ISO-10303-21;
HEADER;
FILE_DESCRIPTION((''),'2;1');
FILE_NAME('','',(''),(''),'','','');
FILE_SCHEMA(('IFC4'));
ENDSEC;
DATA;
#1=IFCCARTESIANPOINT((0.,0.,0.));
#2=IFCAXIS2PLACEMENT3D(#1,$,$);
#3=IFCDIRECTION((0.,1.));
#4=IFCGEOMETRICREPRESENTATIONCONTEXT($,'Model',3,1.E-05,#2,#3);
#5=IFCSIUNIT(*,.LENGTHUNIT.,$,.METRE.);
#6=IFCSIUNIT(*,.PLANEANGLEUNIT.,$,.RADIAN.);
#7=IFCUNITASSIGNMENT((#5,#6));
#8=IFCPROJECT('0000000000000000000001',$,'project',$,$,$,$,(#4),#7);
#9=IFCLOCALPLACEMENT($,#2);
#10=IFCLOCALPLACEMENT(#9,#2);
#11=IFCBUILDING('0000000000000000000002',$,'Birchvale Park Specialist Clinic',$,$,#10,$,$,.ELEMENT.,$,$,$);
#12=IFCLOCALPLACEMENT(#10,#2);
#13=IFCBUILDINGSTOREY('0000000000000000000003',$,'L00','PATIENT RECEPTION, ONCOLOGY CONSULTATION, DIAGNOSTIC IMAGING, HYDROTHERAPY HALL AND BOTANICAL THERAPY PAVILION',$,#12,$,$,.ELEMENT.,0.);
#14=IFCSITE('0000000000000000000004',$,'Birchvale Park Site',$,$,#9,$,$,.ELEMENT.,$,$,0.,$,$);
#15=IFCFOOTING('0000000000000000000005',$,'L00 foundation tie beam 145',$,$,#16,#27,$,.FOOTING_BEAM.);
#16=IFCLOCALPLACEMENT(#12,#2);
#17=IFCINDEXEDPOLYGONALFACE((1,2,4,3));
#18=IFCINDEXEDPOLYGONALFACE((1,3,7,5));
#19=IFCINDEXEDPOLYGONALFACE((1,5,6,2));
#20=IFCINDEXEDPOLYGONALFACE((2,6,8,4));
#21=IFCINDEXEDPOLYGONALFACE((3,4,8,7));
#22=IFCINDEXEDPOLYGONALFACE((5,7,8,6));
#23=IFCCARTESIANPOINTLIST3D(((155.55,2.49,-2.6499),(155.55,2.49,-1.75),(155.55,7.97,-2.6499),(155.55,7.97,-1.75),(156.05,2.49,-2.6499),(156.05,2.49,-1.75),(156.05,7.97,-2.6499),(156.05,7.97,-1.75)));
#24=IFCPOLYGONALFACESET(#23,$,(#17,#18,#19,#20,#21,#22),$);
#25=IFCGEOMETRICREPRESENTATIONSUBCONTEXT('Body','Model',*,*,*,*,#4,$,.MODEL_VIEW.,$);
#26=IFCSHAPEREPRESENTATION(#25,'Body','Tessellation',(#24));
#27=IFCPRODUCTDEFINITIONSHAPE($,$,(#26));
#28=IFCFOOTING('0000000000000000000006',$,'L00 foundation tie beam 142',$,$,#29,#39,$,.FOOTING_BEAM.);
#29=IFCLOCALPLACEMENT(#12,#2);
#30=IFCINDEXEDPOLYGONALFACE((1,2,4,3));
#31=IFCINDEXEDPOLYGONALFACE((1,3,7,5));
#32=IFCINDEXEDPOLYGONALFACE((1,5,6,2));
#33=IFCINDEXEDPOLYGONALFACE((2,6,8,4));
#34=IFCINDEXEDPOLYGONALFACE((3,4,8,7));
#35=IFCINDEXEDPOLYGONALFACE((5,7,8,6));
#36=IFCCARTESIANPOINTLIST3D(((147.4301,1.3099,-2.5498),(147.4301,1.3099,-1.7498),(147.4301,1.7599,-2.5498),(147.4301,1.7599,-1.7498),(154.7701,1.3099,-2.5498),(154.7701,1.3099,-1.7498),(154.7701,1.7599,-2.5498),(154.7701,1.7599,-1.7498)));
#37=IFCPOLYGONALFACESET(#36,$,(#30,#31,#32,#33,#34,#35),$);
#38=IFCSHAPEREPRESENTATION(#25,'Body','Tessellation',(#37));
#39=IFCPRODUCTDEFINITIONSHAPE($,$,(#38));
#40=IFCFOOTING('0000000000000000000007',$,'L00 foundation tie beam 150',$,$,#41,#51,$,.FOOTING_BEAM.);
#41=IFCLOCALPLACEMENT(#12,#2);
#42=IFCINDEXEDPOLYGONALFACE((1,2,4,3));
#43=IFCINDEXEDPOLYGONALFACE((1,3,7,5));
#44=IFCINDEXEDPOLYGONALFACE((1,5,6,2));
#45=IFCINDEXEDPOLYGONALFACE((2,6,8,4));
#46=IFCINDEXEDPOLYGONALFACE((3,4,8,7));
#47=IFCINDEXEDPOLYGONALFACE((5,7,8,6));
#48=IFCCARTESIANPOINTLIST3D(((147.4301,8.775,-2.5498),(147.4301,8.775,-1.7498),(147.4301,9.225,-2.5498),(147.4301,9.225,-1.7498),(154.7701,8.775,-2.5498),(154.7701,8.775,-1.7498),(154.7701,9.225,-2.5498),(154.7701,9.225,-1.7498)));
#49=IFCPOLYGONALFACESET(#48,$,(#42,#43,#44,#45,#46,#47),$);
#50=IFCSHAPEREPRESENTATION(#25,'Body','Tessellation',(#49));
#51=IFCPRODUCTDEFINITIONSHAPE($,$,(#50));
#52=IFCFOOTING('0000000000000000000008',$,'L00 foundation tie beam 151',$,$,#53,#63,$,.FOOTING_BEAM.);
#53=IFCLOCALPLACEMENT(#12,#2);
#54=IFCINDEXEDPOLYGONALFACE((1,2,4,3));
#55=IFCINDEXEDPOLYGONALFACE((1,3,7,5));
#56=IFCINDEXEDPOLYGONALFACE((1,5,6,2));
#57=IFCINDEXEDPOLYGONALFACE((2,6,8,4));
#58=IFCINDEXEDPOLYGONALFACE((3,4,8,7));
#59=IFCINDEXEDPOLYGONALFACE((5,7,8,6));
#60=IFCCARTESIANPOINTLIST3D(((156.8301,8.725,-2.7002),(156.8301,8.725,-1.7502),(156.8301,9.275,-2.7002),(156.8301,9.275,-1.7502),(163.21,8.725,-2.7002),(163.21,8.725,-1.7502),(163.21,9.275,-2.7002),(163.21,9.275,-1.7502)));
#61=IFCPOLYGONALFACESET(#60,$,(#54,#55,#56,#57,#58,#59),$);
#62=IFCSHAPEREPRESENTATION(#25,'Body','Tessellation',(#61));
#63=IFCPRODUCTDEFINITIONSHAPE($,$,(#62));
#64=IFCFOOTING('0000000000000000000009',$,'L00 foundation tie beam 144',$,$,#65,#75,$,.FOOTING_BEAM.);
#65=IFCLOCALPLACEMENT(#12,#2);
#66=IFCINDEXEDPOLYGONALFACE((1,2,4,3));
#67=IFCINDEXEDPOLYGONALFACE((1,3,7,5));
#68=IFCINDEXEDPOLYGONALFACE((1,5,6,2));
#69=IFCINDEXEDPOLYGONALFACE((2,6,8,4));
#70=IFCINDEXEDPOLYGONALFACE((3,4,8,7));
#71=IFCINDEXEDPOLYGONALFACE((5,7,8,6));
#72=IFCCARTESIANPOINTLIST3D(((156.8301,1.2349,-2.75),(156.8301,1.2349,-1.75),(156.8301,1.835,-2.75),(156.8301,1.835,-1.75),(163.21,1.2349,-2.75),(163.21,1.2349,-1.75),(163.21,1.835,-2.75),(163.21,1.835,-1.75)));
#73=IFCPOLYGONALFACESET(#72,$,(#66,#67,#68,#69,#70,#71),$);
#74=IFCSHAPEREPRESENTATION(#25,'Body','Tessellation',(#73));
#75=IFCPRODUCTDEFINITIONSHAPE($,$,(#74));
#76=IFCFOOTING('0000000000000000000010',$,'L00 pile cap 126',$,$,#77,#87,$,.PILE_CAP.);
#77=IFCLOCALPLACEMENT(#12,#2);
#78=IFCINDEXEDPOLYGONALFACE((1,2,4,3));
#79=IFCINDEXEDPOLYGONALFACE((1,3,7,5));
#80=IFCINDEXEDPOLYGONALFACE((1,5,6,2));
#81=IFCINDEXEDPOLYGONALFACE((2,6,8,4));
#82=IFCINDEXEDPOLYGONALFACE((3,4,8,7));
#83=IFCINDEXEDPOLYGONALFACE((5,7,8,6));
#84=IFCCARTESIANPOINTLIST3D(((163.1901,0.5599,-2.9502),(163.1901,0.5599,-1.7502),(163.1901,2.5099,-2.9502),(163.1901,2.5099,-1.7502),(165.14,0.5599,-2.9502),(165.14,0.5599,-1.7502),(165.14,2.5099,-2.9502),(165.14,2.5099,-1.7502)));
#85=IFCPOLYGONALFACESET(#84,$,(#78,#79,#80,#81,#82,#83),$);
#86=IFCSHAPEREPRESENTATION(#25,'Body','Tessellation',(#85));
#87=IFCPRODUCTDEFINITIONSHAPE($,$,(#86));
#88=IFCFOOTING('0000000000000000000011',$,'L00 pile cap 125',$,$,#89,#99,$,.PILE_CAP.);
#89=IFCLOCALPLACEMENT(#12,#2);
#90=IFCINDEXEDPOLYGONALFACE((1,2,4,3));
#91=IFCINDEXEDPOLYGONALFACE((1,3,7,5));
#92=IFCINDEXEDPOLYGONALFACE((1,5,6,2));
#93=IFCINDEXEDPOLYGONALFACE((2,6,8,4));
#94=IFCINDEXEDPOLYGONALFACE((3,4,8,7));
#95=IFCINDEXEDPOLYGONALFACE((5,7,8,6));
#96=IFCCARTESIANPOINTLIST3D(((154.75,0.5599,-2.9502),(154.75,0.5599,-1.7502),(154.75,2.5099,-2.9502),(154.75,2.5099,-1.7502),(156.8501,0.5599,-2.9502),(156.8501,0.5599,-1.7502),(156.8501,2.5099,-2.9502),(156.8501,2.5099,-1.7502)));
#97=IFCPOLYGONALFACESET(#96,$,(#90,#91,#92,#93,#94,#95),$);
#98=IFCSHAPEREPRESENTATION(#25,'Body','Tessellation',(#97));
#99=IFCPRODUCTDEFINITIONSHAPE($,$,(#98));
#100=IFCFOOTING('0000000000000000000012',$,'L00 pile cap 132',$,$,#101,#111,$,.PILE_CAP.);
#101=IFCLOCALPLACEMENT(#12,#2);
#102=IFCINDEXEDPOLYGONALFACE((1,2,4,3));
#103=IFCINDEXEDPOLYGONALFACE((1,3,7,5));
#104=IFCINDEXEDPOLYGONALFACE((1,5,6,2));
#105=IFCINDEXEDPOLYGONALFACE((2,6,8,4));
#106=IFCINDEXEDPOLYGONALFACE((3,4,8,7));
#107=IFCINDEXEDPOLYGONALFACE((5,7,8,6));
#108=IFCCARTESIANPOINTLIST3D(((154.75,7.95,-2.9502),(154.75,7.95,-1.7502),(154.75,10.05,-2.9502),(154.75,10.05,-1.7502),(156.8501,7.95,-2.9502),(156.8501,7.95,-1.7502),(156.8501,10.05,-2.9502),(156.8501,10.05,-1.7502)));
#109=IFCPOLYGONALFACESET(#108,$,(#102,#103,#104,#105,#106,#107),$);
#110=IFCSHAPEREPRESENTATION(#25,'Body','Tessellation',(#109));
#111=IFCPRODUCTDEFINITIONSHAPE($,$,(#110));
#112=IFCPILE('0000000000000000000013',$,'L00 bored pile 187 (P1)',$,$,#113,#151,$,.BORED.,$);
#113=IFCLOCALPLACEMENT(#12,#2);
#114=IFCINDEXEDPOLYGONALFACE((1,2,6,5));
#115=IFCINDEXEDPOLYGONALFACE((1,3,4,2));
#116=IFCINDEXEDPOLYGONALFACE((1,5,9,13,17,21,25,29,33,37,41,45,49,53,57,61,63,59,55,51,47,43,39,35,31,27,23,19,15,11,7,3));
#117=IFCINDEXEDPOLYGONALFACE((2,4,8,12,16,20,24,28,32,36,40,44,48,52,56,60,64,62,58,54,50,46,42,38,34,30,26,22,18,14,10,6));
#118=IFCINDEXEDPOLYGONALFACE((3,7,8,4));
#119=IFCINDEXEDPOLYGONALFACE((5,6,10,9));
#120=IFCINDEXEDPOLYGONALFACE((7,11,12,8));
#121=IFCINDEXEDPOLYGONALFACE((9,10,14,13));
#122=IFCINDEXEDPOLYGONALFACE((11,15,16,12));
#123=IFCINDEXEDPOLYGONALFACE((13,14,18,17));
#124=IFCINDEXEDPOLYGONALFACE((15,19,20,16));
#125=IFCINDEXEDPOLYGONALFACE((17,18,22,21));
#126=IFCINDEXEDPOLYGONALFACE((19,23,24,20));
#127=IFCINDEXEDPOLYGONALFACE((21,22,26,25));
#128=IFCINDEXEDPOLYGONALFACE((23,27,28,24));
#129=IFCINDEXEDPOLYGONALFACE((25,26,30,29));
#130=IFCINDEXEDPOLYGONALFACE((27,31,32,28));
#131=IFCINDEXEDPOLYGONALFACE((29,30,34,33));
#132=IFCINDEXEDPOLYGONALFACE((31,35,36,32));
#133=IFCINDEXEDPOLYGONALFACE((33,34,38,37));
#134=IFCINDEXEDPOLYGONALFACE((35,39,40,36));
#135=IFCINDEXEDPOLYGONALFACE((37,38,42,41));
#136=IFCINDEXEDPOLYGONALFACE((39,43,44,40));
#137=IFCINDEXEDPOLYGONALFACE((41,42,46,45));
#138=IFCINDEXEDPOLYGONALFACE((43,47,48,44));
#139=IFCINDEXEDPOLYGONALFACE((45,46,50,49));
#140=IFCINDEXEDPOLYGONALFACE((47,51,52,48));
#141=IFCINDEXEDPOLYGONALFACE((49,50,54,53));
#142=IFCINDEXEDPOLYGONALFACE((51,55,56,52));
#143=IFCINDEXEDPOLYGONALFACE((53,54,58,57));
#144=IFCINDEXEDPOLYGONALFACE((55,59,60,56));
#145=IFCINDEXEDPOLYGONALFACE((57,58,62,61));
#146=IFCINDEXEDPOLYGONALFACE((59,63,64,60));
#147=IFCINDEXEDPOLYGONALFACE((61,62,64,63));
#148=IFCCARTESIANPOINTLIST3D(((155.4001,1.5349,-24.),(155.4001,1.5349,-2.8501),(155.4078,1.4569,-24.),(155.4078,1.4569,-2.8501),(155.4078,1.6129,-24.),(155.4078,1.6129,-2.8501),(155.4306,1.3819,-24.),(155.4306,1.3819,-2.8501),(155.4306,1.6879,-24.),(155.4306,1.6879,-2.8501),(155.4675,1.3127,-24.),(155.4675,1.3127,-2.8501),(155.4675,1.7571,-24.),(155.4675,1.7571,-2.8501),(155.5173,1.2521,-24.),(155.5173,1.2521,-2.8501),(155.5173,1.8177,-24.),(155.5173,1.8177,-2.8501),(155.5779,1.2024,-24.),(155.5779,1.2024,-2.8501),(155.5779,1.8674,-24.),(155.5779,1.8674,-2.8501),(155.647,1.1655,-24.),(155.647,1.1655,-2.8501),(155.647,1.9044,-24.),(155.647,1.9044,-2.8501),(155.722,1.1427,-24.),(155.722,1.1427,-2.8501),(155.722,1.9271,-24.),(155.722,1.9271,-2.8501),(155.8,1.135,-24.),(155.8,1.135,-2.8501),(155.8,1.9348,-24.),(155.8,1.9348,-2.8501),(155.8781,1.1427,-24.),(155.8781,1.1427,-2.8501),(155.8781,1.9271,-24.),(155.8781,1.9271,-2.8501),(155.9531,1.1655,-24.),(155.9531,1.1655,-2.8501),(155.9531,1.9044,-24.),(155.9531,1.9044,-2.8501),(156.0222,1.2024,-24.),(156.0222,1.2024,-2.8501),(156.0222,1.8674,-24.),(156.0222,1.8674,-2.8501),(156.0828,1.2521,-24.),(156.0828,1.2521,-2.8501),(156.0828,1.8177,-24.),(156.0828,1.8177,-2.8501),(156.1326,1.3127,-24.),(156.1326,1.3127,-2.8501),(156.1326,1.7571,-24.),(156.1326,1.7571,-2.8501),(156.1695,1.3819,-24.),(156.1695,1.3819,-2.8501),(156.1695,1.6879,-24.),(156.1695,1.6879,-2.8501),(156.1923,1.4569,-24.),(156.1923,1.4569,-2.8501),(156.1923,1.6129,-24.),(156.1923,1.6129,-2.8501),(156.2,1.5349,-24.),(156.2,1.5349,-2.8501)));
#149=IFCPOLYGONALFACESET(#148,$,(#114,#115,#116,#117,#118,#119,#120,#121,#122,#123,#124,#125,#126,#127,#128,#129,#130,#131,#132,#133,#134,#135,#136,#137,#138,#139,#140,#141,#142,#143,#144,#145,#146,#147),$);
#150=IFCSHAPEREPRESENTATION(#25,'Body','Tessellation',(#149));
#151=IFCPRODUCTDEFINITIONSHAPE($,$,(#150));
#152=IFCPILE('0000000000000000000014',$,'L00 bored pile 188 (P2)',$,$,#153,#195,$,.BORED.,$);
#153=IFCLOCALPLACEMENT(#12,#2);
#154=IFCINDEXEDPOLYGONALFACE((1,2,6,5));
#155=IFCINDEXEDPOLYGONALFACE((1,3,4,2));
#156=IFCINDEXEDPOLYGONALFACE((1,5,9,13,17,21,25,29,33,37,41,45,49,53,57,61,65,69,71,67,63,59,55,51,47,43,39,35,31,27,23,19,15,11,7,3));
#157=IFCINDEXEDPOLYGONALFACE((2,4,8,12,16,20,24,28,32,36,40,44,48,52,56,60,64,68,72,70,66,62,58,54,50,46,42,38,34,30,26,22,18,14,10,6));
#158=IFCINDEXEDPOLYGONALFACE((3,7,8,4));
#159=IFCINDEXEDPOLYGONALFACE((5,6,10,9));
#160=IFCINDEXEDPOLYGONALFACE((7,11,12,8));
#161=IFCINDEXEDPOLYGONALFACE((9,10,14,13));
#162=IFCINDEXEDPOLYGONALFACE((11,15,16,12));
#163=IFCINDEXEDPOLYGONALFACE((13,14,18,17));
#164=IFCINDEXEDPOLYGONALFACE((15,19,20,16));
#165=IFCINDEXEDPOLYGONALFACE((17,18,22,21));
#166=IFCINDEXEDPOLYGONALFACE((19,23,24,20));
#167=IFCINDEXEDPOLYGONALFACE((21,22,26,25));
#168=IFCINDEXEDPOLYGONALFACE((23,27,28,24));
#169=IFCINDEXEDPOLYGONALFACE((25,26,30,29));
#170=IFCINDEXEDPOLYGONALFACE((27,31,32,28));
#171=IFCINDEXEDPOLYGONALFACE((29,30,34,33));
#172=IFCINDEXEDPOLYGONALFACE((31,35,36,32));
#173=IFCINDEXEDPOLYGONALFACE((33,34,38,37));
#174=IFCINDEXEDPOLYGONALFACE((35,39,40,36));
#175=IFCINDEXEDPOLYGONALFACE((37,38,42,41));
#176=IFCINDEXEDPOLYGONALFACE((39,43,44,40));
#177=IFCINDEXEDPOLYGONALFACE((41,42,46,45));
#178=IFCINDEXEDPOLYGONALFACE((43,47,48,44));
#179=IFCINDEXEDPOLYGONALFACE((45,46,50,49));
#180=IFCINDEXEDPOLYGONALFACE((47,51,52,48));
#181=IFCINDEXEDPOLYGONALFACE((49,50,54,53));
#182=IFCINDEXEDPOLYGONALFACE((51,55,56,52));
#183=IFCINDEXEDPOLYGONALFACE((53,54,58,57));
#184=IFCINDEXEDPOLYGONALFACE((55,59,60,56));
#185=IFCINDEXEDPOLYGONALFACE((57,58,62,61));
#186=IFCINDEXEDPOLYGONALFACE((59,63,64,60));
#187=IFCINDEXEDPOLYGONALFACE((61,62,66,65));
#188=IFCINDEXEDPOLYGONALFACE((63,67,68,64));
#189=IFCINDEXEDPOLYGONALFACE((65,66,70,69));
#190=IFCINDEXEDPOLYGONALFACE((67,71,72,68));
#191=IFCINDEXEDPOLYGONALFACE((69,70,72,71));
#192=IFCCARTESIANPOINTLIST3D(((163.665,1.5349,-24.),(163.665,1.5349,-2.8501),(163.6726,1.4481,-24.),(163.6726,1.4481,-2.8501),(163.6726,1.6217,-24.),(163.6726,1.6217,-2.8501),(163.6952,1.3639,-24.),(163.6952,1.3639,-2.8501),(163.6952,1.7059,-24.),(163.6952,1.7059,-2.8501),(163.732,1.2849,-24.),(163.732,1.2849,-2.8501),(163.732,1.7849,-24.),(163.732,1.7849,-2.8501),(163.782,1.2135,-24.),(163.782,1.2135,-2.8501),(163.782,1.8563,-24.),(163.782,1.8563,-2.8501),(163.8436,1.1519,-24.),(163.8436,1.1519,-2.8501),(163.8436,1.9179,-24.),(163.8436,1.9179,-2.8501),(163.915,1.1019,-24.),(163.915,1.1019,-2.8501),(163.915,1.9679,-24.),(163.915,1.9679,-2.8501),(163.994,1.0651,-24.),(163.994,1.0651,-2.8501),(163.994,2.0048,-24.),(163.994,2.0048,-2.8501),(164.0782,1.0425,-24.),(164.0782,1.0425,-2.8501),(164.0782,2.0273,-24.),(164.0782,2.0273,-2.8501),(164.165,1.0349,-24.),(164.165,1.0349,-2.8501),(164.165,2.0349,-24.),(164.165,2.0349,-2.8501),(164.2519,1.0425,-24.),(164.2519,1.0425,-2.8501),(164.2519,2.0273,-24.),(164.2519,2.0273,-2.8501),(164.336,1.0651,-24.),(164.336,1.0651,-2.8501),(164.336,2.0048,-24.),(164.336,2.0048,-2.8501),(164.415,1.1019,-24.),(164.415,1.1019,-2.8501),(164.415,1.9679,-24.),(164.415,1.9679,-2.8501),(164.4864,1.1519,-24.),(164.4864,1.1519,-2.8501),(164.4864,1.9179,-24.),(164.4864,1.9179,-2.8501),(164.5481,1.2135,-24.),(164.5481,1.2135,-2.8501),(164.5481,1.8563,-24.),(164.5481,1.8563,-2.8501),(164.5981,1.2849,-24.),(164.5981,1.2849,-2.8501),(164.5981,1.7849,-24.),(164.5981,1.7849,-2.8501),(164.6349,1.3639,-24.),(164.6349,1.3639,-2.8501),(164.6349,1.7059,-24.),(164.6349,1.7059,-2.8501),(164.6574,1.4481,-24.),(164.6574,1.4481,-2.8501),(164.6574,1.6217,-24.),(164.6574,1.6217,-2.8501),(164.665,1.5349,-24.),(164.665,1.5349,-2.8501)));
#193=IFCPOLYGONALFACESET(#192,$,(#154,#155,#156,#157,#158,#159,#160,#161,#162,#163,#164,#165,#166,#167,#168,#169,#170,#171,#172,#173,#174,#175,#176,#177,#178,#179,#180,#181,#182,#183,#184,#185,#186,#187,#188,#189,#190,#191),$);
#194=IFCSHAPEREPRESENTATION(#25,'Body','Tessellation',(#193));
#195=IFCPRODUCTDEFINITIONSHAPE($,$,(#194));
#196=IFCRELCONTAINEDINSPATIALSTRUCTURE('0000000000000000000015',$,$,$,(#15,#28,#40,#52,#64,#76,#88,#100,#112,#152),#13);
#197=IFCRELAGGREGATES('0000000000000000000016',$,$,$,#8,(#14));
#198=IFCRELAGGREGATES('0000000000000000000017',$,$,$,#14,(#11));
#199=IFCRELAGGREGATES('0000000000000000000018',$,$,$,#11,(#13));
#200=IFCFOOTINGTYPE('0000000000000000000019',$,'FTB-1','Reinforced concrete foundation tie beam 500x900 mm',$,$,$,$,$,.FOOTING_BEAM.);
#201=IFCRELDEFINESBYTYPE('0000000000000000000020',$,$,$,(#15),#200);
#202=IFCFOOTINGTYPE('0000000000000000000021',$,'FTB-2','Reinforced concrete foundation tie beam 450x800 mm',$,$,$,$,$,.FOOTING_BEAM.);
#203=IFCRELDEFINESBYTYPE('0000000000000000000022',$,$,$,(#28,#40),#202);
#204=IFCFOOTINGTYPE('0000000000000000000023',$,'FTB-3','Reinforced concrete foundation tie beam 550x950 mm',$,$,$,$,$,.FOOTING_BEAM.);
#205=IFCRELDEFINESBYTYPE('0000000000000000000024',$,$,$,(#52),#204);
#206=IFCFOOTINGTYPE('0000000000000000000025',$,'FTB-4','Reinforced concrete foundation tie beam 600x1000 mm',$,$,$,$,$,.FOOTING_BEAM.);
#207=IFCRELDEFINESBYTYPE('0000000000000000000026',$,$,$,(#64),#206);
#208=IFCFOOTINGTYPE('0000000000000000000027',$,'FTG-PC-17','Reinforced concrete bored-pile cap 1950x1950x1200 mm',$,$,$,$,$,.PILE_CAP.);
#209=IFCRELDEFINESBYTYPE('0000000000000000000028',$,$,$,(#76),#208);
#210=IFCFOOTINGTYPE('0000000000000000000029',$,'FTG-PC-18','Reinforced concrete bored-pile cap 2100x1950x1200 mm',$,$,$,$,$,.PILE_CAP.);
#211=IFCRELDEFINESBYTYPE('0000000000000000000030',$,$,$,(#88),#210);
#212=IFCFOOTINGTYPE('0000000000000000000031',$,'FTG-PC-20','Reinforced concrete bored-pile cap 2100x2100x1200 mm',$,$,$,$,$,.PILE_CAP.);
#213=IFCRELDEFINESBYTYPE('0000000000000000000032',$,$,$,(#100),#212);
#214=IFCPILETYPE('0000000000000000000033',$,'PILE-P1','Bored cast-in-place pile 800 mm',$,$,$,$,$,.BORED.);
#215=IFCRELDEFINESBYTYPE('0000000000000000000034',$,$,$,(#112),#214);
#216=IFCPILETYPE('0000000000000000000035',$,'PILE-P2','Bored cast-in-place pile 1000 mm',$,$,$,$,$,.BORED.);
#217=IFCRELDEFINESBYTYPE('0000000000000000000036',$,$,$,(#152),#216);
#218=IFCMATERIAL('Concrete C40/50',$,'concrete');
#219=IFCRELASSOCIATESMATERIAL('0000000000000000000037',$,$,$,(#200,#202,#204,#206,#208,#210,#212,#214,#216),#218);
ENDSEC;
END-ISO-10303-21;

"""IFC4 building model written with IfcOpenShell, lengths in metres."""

from ifc_helpers import new_model, si_unit, direction, frame, origin, origin_2d, place, context, subcontext, project, spatial, rectangle, circle, extrude, material, material_profile, profile_set, type_object, element, save


model = new_model("IFC4")

# Units and contexts
model_context = context("Model", 3, precision=1e-05, world=origin(), true_north=direction((0.0, 1.0)))
body_context = subcontext(model_context, "Body", "Model", "MODEL_VIEW")
ifc_project = project(units=[si_unit("LENGTHUNIT", "METRE"), si_unit("PLANEANGLEUNIT", "RADIAN")], contexts=[model_context])

# Site, building, storey
site_placement = place(None, origin())
site = spatial("IfcSite", under=ifc_project, at=site_placement, Name="Birchvale Park Site", CompositionType="ELEMENT", RefElevation=0.0)
building_placement = place(site_placement, origin())
building = spatial("IfcBuilding", under=site, at=building_placement, Name="Birchvale Park Specialist Clinic", CompositionType="ELEMENT")
storey_placement = place(building_placement, origin())
storey = spatial("IfcBuildingStorey", under=building, at=storey_placement, Name="L00", Description="PATIENT RECEPTION, ONCOLOGY CONSULTATION, DIAGNOSTIC IMAGING, HYDROTHERAPY HALL AND BOTANICAL THERAPY PAVILION", CompositionType="ELEMENT", Elevation=0.0)

# Footings
ifc_material_1 = material(Name="Concrete C40/50", Category="concrete")
footing_type_1 = type_object("IfcFootingType", Name="FTB-1", Description="Reinforced concrete foundation tie beam 500x900 mm", PredefinedType="FOOTING_BEAM", material=ifc_material_1)
footing_1_placement = place(storey_placement, frame((155.8, 5.23, -2.6499), z_axis=(0.0, 0.0, 1.0), x_axis=(1.0, 0.0, 0.0)))
element("IfcFooting", 1, at=footing_1_placement, inside=storey, type_object=footing_type_1, Name="L00 foundation tie beam 145", PredefinedType="FOOTING_BEAM", context=body_context, shape_type="SweptSolid", body=[
    extrude(rectangle(XDim=0.5, YDim=5.48, at=origin_2d()), origin(), (0.0, 0.0, 1.0), 0.8999),
])
footing_type_2 = type_object("IfcFootingType", Name="FTB-2", Description="Reinforced concrete foundation tie beam 450x800 mm", PredefinedType="FOOTING_BEAM", material=ifc_material_1)
for number, where, z_axis, x_axis, name in (
    (2, (151.1001, 1.5349, -2.5498), (0.0, 0.0, 1.0), (1.0, 0.0, 0.0), "L00 foundation tie beam 142"),
    (3, (151.1001, 9.0, -2.5498), (0.0, 0.0, 1.0), (1.0, 0.0, 0.0), "L00 foundation tie beam 150"),
):
    element("IfcFooting", number, at=place(storey_placement, frame(where, z_axis=z_axis, x_axis=x_axis)), inside=storey, type_object=footing_type_2, Name=name, PredefinedType="FOOTING_BEAM", context=body_context, shape_type="SweptSolid", body=[
        extrude(rectangle(XDim=7.3401, YDim=0.45, at=origin_2d()), origin(), (0.0, 0.0, 1.0), 0.8),
    ])
footing_type_3 = type_object("IfcFootingType", Name="FTB-3", Description="Reinforced concrete foundation tie beam 550x950 mm", PredefinedType="FOOTING_BEAM", material=ifc_material_1)
footing_2_placement = place(storey_placement, frame((160.02, 9.0, -2.7002), z_axis=(0.0, 0.0, 1.0), x_axis=(1.0, 0.0, 0.0)))
element("IfcFooting", 4, at=footing_2_placement, inside=storey, type_object=footing_type_3, Name="L00 foundation tie beam 151", PredefinedType="FOOTING_BEAM", context=body_context, shape_type="SweptSolid", body=[
    extrude(rectangle(XDim=6.3799, YDim=0.55, at=origin_2d()), origin(), (0.0, 0.0, 1.0), 0.95),
])
footing_type_4 = type_object("IfcFootingType", Name="FTB-4", Description="Reinforced concrete foundation tie beam 600x1000 mm", PredefinedType="FOOTING_BEAM", material=ifc_material_1)
footing_3_placement = place(storey_placement, frame((160.02, 1.5349, -2.75), z_axis=(0.0, 0.0, 1.0), x_axis=(1.0, 0.0, 0.0)))
element("IfcFooting", 5, at=footing_3_placement, inside=storey, type_object=footing_type_4, Name="L00 foundation tie beam 144", PredefinedType="FOOTING_BEAM", context=body_context, shape_type="SweptSolid", body=[
    extrude(rectangle(XDim=6.3799, YDim=0.6001, at=origin_2d()), origin(), (0.0, 0.0, 1.0), 1.0),
])
footing_type_5 = type_object("IfcFootingType", Name="FTG-PC-17", Description="Reinforced concrete bored-pile cap 1950x1950x1200 mm", PredefinedType="PILE_CAP", material=ifc_material_1)
footing_4_placement = place(storey_placement, frame((164.165, 1.5349, -2.9502), z_axis=(0.0, 0.0, 1.0), x_axis=(1.0, 0.0, 0.0)))
element("IfcFooting", 6, at=footing_4_placement, inside=storey, type_object=footing_type_5, Name="L00 pile cap 126", PredefinedType="PILE_CAP", context=body_context, shape_type="SweptSolid", body=[
    extrude(rectangle(XDim=1.95, YDim=1.95, at=origin_2d()), origin(), (0.0, 0.0, 1.0), 1.2),
])
footing_type_6 = type_object("IfcFootingType", Name="FTG-PC-18", Description="Reinforced concrete bored-pile cap 2100x1950x1200 mm", PredefinedType="PILE_CAP", material=ifc_material_1)
footing_5_placement = place(storey_placement, frame((155.8, 1.5349, -2.9502), z_axis=(0.0, 0.0, 1.0), x_axis=(1.0, 0.0, 0.0)))
element("IfcFooting", 7, at=footing_5_placement, inside=storey, type_object=footing_type_6, Name="L00 pile cap 125", PredefinedType="PILE_CAP", context=body_context, shape_type="SweptSolid", body=[
    extrude(rectangle(XDim=2.1001, YDim=1.95, at=origin_2d()), origin(), (0.0, 0.0, 1.0), 1.2),
])
footing_type_7 = type_object("IfcFootingType", Name="FTG-PC-20", Description="Reinforced concrete bored-pile cap 2100x2100x1200 mm", PredefinedType="PILE_CAP", material=ifc_material_1)
footing_6_placement = place(storey_placement, frame((155.8, 9.0, -2.9502), z_axis=(0.0, 0.0, 1.0), x_axis=(1.0, 0.0, 0.0)))
element("IfcFooting", 8, at=footing_6_placement, inside=storey, type_object=footing_type_7, Name="L00 pile cap 132", PredefinedType="PILE_CAP", context=body_context, shape_type="SweptSolid", body=[
    extrude(rectangle(XDim=2.1001, YDim=2.1001, at=origin_2d()), origin(), (0.0, 0.0, 1.0), 1.2),
])

# Piles
ifc_material_profile_1 = material_profile(ifc_material_1, circle(Radius=0.3999, at=origin_2d()), Name="PILE-800")
ifc_profile_set_1 = profile_set([ifc_material_profile_1], Name="Concrete C40/50")
pile_type_1 = type_object("IfcPileType", Name="PILE-P1", Description="Bored cast-in-place pile 800 mm", PredefinedType="BORED", material=ifc_profile_set_1)
pile_placement = place(storey_placement, frame((155.8, 1.5349, -2.8501), z_axis=(0.0, 0.0, -1.0), x_axis=(1.0, 0.0, 0.0)))
element("IfcPile", 9, at=pile_placement, inside=storey, type_object=pile_type_1, Name="L00 bored pile 187 (P1)", PredefinedType="BORED", context=body_context, shape_type="SweptSolid", body=[
    extrude(circle(Radius=0.3999, at=origin_2d()), origin(), (0.0, 0.0, 1.0), 21.1499),
])
ifc_material_profile_2 = material_profile(ifc_material_1, circle(Radius=0.5, at=origin_2d()), Name="PILE-1000")
ifc_profile_set_2 = profile_set([ifc_material_profile_2], Name="Concrete C40/50")
pile_type_2 = type_object("IfcPileType", Name="PILE-P2", Description="Bored cast-in-place pile 1000 mm", PredefinedType="BORED", material=ifc_profile_set_2)
for number, where, z_axis, x_axis, name in (
    (10, (164.165, 1.5349, -2.8501), (0.0, 0.0, -1.0), (1.0, 0.0, 0.0), "L00 bored pile 188 (P2)"),
):
    element("IfcPile", number, at=place(storey_placement, frame(where, z_axis=z_axis, x_axis=x_axis)), inside=storey, type_object=pile_type_2, Name=name, PredefinedType="BORED", context=body_context, shape_type="SweptSolid", body=[
        extrude(circle(Radius=0.5, at=origin_2d()), origin(), (0.0, 0.0, 1.0), 21.1499),
    ])

save(model, "model.ifc")
